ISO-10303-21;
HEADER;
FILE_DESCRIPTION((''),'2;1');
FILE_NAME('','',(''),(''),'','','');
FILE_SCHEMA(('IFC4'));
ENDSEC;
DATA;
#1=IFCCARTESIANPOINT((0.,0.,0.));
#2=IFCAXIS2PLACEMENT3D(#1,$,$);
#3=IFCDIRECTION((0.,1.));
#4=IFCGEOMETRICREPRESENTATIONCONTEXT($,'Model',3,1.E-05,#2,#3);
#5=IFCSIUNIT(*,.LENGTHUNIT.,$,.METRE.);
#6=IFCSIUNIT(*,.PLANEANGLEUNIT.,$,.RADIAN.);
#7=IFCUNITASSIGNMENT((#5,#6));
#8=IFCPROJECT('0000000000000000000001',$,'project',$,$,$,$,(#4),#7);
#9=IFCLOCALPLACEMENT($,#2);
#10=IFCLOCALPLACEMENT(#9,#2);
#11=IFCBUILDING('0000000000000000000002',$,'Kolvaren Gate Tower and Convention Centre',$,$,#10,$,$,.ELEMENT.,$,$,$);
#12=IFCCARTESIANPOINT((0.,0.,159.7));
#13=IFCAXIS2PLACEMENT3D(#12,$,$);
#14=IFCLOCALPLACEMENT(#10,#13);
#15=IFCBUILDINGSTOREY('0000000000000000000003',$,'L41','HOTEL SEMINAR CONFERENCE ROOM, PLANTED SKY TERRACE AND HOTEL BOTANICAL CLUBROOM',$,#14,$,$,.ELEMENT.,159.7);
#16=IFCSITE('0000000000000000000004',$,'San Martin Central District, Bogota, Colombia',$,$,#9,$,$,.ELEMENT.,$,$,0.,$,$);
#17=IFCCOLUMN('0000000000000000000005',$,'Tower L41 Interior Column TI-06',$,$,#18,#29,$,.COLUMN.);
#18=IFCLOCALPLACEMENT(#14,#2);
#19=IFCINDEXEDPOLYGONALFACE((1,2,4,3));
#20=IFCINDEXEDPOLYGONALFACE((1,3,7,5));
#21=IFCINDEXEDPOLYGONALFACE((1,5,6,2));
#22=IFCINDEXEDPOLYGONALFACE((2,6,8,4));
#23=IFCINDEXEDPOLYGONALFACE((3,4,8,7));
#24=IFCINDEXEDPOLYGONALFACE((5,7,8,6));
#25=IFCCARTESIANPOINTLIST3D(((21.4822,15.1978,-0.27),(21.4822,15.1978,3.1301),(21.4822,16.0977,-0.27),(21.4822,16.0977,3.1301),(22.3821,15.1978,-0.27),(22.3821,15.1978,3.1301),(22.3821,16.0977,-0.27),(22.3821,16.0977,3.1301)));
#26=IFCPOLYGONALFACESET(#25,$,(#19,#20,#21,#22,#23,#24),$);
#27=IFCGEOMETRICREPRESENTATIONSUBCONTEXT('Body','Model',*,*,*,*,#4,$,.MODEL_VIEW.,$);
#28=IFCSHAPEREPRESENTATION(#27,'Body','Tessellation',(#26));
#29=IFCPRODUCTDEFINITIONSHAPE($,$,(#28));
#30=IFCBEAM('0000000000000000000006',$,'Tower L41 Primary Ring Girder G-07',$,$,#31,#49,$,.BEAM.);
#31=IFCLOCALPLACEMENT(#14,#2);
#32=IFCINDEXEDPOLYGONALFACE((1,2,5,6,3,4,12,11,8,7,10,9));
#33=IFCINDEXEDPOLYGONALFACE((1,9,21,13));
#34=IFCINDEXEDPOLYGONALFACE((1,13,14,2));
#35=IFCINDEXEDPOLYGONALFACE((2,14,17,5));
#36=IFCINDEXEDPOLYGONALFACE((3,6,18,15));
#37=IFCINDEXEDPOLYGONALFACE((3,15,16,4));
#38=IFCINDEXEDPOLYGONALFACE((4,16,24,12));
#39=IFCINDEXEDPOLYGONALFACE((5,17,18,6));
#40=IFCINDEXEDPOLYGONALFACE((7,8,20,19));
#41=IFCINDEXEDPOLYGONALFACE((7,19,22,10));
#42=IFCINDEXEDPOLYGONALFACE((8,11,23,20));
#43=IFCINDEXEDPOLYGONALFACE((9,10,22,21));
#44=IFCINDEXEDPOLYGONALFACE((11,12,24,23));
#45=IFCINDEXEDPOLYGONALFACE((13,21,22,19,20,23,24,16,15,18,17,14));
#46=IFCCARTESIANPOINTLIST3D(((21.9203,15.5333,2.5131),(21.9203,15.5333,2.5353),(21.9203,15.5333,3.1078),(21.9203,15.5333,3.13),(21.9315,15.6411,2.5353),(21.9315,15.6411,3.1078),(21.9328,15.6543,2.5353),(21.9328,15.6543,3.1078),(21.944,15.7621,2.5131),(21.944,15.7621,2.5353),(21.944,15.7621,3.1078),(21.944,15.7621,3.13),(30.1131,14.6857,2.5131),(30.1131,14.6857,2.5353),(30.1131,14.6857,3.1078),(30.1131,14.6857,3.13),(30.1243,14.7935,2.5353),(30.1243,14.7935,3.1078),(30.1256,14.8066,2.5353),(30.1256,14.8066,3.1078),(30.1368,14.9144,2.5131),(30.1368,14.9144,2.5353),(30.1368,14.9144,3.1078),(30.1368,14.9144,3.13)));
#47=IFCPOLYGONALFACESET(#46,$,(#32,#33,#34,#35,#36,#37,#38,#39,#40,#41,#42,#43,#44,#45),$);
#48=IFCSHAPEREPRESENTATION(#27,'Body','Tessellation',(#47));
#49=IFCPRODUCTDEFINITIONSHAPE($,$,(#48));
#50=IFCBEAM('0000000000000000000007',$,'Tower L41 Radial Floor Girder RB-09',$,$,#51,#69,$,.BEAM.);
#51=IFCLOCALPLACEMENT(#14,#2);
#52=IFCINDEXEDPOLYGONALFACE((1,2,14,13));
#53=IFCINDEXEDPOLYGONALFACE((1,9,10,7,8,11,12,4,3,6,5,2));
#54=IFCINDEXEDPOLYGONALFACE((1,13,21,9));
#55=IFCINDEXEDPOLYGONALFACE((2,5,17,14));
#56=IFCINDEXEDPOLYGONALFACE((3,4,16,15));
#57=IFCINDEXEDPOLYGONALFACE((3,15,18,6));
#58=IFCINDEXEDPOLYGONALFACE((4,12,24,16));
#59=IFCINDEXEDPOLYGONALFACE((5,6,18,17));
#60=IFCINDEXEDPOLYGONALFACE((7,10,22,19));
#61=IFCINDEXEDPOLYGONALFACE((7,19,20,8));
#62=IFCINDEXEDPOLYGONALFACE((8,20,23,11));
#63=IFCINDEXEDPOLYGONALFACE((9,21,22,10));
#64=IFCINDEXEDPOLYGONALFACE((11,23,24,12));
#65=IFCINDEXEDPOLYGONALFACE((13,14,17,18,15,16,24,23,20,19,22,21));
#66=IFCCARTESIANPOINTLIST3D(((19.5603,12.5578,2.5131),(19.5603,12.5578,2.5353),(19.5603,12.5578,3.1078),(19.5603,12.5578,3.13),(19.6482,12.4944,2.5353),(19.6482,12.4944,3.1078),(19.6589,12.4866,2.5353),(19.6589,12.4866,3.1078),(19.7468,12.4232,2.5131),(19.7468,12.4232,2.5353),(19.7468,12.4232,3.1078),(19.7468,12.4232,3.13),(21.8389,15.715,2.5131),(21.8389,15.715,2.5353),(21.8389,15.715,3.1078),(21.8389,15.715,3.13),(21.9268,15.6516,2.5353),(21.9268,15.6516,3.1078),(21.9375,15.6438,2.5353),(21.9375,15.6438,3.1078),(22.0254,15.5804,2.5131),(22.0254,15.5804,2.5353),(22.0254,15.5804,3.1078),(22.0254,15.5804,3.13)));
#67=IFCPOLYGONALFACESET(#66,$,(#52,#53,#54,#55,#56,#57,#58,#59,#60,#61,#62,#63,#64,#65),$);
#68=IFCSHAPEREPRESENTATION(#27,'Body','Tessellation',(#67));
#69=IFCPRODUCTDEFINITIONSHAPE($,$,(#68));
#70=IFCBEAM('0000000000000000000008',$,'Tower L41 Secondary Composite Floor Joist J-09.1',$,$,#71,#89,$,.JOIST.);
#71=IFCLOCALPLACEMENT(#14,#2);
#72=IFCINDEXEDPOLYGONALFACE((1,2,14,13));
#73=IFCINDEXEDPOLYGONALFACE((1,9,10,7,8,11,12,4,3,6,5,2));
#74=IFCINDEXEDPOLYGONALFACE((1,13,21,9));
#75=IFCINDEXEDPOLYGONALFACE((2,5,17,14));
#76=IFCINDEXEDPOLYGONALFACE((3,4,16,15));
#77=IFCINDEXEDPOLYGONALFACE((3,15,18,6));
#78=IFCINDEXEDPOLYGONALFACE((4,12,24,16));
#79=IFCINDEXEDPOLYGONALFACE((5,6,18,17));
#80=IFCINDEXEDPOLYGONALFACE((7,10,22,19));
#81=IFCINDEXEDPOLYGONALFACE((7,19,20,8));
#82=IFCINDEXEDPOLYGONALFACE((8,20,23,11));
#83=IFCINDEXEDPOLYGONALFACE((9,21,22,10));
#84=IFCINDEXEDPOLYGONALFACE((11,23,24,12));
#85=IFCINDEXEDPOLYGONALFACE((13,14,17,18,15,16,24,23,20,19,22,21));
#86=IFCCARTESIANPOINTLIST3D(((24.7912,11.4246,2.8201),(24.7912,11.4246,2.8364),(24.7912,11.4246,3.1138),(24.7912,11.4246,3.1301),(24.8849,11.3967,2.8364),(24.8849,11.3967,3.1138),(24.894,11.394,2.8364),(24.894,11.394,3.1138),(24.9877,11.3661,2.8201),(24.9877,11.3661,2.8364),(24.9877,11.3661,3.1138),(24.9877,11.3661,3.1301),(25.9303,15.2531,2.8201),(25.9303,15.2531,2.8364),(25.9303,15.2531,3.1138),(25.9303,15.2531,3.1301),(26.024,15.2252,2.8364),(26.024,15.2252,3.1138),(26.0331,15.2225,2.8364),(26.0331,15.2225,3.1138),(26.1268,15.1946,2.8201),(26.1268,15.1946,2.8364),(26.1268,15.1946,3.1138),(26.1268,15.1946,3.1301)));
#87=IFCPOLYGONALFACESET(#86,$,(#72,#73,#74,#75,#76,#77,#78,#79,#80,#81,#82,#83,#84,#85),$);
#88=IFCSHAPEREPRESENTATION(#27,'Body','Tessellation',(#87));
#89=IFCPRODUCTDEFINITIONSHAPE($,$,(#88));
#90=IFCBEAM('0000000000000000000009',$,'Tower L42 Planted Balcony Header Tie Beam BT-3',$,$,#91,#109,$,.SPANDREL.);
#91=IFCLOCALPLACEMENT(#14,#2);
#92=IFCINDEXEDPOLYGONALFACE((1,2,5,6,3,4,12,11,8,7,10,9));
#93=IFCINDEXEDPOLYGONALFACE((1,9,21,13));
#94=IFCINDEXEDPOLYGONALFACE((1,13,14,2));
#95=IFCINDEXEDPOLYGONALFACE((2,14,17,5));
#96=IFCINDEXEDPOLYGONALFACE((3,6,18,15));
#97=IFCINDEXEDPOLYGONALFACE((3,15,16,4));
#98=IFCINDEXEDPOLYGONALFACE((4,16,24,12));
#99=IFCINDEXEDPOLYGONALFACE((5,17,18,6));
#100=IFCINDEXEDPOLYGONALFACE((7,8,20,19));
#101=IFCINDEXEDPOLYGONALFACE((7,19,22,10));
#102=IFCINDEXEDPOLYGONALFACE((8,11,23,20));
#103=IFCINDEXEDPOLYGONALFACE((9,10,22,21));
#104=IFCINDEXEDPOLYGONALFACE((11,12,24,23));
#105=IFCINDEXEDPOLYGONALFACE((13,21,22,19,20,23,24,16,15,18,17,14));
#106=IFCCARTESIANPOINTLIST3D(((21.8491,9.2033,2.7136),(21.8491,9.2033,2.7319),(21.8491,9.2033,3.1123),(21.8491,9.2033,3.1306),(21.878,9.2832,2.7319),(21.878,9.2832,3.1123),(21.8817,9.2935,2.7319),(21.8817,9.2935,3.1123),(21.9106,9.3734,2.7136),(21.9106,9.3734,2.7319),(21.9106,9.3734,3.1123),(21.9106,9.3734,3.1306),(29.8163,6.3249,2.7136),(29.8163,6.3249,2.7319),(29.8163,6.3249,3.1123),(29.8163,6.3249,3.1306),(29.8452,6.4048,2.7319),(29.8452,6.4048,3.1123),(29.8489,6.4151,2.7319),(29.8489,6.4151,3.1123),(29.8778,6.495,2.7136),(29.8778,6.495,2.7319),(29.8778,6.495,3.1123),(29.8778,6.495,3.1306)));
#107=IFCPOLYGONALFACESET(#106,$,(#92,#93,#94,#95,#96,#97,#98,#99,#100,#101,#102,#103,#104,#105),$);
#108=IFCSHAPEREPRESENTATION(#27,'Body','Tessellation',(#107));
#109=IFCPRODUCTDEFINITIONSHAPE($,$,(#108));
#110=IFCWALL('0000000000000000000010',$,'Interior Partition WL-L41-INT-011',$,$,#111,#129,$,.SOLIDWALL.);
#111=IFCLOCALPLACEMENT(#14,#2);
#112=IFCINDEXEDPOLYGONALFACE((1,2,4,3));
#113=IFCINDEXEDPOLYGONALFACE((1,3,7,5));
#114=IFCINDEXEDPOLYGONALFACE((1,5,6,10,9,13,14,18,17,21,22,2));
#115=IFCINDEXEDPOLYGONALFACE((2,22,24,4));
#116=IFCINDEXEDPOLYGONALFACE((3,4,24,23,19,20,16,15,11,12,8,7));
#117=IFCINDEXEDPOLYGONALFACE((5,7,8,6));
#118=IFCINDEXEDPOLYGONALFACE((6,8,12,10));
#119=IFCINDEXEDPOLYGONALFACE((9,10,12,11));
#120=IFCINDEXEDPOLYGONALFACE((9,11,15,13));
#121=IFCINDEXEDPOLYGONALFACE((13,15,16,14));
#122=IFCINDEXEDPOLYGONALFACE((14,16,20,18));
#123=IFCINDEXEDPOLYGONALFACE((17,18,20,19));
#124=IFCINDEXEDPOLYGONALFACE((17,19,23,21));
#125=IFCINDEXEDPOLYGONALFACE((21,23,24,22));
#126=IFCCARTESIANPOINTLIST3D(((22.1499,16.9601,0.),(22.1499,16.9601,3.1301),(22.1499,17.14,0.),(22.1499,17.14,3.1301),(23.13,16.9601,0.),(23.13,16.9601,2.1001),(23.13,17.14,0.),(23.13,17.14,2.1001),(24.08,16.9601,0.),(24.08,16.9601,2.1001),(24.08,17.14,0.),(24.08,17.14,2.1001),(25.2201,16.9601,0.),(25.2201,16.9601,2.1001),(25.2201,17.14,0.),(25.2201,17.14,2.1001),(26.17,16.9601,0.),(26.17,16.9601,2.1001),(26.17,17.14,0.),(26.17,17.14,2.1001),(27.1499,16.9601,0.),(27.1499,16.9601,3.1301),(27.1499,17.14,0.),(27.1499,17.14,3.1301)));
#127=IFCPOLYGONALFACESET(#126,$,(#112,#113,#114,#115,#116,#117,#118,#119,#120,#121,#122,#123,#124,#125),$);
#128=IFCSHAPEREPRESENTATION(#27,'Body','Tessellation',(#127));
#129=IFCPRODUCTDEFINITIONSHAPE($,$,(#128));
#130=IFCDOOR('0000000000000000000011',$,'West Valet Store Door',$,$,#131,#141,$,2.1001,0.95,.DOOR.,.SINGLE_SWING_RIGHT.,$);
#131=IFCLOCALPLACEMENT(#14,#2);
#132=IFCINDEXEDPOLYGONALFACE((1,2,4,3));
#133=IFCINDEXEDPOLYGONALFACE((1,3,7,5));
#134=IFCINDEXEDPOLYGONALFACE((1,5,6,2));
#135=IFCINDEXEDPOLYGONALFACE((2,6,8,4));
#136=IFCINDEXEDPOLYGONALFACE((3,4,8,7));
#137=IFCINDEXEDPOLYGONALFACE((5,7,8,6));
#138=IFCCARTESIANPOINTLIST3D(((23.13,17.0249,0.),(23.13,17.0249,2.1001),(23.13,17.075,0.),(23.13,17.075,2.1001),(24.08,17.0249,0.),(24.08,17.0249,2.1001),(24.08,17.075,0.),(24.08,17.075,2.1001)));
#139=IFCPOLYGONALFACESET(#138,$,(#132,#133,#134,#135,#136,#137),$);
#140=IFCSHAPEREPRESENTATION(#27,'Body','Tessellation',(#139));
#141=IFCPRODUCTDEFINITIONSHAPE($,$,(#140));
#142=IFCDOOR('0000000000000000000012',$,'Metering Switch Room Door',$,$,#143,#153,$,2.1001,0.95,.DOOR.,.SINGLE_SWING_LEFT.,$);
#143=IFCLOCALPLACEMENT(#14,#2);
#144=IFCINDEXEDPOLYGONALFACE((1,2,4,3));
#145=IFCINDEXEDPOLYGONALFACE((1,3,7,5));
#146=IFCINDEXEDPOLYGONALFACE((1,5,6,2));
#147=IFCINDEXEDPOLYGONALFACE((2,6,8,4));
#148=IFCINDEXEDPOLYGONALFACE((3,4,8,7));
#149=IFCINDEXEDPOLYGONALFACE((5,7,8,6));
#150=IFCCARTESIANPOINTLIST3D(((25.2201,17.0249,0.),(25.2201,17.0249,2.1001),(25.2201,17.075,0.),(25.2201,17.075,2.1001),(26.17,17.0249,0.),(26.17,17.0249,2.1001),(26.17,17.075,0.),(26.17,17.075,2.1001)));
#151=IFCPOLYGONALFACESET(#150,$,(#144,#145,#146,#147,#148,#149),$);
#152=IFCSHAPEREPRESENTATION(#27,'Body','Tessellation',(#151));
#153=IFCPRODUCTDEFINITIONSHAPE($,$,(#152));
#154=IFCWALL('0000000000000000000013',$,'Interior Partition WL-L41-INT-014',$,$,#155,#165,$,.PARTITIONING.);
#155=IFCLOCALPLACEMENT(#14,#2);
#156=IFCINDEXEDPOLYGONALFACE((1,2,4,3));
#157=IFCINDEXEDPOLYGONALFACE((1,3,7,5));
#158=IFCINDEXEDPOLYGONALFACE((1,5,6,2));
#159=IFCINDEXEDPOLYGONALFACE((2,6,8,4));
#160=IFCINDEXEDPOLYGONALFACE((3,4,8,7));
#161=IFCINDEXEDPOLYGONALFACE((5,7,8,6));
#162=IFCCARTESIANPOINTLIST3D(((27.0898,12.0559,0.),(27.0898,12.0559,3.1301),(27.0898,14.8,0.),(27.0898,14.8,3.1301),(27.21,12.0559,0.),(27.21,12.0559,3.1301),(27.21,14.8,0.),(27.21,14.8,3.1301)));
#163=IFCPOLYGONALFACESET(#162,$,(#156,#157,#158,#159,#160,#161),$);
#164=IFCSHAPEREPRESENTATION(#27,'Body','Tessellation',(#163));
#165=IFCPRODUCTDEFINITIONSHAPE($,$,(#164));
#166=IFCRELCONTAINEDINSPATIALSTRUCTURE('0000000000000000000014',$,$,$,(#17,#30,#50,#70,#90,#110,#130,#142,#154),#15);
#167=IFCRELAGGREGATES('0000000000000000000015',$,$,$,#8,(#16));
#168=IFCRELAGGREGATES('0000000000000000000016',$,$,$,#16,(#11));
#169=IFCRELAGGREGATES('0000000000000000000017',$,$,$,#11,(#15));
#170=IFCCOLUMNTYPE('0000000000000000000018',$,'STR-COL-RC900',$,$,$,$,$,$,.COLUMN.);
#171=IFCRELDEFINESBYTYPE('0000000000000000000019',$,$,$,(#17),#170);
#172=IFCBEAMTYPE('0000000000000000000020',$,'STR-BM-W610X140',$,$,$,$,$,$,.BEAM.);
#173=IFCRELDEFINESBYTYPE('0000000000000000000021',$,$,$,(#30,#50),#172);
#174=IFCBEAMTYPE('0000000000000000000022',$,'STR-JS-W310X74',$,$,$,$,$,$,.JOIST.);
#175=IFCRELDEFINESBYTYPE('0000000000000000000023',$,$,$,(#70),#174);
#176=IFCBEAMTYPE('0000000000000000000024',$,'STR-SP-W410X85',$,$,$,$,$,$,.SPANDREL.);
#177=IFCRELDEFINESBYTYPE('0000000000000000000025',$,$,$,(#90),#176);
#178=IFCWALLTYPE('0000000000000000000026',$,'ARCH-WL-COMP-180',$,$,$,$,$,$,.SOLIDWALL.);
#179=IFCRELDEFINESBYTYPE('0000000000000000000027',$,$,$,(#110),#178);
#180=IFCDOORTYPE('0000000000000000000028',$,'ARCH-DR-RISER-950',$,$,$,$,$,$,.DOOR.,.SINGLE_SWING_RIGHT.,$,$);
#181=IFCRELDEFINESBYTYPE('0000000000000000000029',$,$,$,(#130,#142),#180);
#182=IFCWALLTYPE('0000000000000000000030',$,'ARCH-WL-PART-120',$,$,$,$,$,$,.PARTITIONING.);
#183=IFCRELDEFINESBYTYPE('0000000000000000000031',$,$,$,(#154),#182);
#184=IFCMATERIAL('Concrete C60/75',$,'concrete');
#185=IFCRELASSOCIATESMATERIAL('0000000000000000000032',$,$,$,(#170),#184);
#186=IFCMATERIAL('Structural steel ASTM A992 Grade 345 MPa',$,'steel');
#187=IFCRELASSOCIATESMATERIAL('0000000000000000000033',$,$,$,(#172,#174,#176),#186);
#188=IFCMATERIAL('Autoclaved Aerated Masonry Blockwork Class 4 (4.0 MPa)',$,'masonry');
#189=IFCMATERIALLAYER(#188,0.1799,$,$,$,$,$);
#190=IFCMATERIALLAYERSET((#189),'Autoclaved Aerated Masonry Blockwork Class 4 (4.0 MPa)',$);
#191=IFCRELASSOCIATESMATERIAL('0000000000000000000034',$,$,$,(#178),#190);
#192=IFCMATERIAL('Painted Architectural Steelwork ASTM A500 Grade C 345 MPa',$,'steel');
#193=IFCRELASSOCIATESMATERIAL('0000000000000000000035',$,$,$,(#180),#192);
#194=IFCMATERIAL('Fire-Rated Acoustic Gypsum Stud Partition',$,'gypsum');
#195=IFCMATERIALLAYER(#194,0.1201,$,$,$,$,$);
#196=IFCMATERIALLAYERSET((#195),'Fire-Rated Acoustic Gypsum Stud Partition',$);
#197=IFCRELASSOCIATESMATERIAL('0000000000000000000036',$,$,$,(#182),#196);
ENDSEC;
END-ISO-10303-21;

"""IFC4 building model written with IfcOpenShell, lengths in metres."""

from ifc_helpers import new_model, si_unit, direction, frame, frame_2d, origin, origin_2d, place, context, subcontext, project, spatial, rectangle, i_section, extrude, material, layer, layer_set, material_profile, profile_set, type_object, element, fill, save


model = new_model("IFC4")

# Units and contexts
model_context = context("Model", 3, precision=1e-05, world=origin(), true_north=direction((0.0, 1.0)))
body_context = subcontext(model_context, "Body", "Model", "MODEL_VIEW")
ifc_project = project(units=[si_unit("LENGTHUNIT", "METRE"), si_unit("PLANEANGLEUNIT", "RADIAN")], contexts=[model_context])

# Site, building, storey
site_placement = place(None, origin())
site = spatial("IfcSite", under=ifc_project, at=site_placement, Name="San Martin Central District, Bogota, Colombia", CompositionType="ELEMENT", RefElevation=0.0)
building_placement = place(site_placement, origin())
building = spatial("IfcBuilding", under=site, at=building_placement, Name="Kolvaren Gate Tower and Convention Centre", CompositionType="ELEMENT")
storey_placement = place(building_placement, frame((0.0, 0.0, 159.7)))
storey = spatial("IfcBuildingStorey", under=building, at=storey_placement, Name="L41", Description="HOTEL SEMINAR CONFERENCE ROOM, PLANTED SKY TERRACE AND HOTEL BOTANICAL CLUBROOM", CompositionType="ELEMENT", Elevation=159.7)

# Column
ifc_material_1 = material(Name="Concrete C60/75", Category="concrete")
ifc_material_profile_1 = material_profile(ifc_material_1, rectangle(XDim=0.8999, YDim=0.8999, at=origin_2d()), Name="RC-COL-900X900")
ifc_profile_set_1 = profile_set([ifc_material_profile_1], Name="Concrete C60/75")
column_type = type_object("IfcColumnType", Name="STR-COL-RC900", PredefinedType="COLUMN", material=ifc_profile_set_1)
column_placement = place(storey_placement, frame((21.9321, 15.6477, -0.27), z_axis=(0.0, 0.0, 1.0), x_axis=(1.0, 0.0, 0.0)))
element("IfcColumn", 1, at=column_placement, inside=storey, type_object=column_type, Name="Tower L41 Interior Column TI-06", PredefinedType="COLUMN", context=body_context, shape_type="SweptSolid", body=[
    extrude(rectangle(XDim=0.8999, YDim=0.8999, at=origin_2d()), origin(), (0.0, 0.0, 1.0), 3.4001),
])

# Beams
ifc_material_2 = material(Name="Structural steel ASTM A992 Grade 345 MPa", Category="steel")
ifc_material_profile_2 = material_profile(ifc_material_2, i_section(OverallWidth=0.23, OverallDepth=0.6169, WebThickness=0.0132, FlangeThickness=0.0222, at=origin_2d()), Name="W610X140")
ifc_profile_set_2 = profile_set([ifc_material_profile_2], Name="Structural steel ASTM A992 Grade 345 MPa")
beam_type_1 = type_object("IfcBeamType", Name="STR-BM-W610X140", PredefinedType="BEAM", material=ifc_profile_set_2)
beam_1_placement = place(storey_placement, frame((21.9321, 15.6477, 2.8215), z_axis=(0.99469, -0.102913, 0.0), x_axis=(0.102913, 0.99469, 0.0)))
element("IfcBeam", 2, at=beam_1_placement, inside=storey, type_object=beam_type_1, Name="Tower L41 Primary Ring Girder G-07", PredefinedType="BEAM", context=body_context, shape_type="SweptSolid", body=[
    extrude(i_section(OverallWidth=0.23, OverallDepth=0.6169, WebThickness=0.0132, FlangeThickness=0.0222, at=origin_2d()), origin(), (0.0, 0.0, 1.0), 8.2366),
])
beam_2_placement = place(storey_placement, frame((21.9321, 15.6477, 2.8215), z_axis=(-0.585211, -0.810881, 0.0), x_axis=(0.810881, -0.585211, 0.0)))
element("IfcBeam", 3, at=beam_2_placement, inside=storey, type_object=beam_type_1, Name="Tower L41 Radial Floor Girder RB-09", PredefinedType="BEAM", context=body_context, shape_type="SweptSolid", body=[
    extrude(i_section(OverallWidth=0.23, OverallDepth=0.6169, WebThickness=0.0132, FlangeThickness=0.0222, at=origin_2d()), origin(), (0.0, 0.0, 1.0), 3.8936),
])
ifc_material_profile_3 = material_profile(ifc_material_2, i_section(OverallWidth=0.2051, OverallDepth=0.3101, WebThickness=0.0095, FlangeThickness=0.0164, at=origin_2d()), Name="W310X74")
ifc_profile_set_3 = profile_set([ifc_material_profile_3], Name="Structural steel ASTM A992 Grade 345 MPa")
beam_type_2 = type_object("IfcBeamType", Name="STR-JS-W310X74", PredefinedType="JOIST", material=ifc_profile_set_3)
beam_3_placement = place(storey_placement, frame((26.0286, 15.2239, 2.9751), z_axis=(-0.285183, -0.958473, 0.0), x_axis=(0.958473, -0.285183, 0.0)))
element("IfcBeam", 4, at=beam_3_placement, inside=storey, type_object=beam_type_2, Name="Tower L41 Secondary Composite Floor Joist J-09.1", PredefinedType="JOIST", context=body_context, shape_type="SweptSolid", body=[
    extrude(i_section(OverallWidth=0.2051, OverallDepth=0.3101, WebThickness=0.0095, FlangeThickness=0.0164, at=origin_2d()), origin(), (0.0, 0.0, 1.0), 3.9944),
])
ifc_material_profile_4 = material_profile(ifc_material_2, i_section(OverallWidth=0.1809, OverallDepth=0.417, WebThickness=0.011, FlangeThickness=0.0183, at=origin_2d()), Name="W410X85")
ifc_profile_set_4 = profile_set([ifc_material_profile_4], Name="Structural steel ASTM A992 Grade 345 MPa")
beam_type_3 = type_object("IfcBeamType", Name="STR-SP-W410X85", PredefinedType="SPANDREL", material=ifc_profile_set_4)
beam_4_placement = place(storey_placement, frame((21.8799, 9.2883, 2.9221), z_axis=(0.940503, -0.339785, 0.0), x_axis=(0.339785, 0.940503, 0.0)))
element("IfcBeam", 5, at=beam_4_placement, inside=storey, type_object=beam_type_3, Name="Tower L42 Planted Balcony Header Tie Beam BT-3", PredefinedType="SPANDREL", context=body_context, shape_type="SweptSolid", body=[
    extrude(i_section(OverallWidth=0.1809, OverallDepth=0.417, WebThickness=0.011, FlangeThickness=0.0183, at=origin_2d()), origin(), (0.0, 0.0, 1.0), 8.4712),
])

# Wall, openings, doors
ifc_material_3 = material(Name="Autoclaved Aerated Masonry Blockwork Class 4 (4.0 MPa)", Category="masonry")
ifc_layer_1 = layer(ifc_material_3, 0.1799)
ifc_layer_set_1 = layer_set([ifc_layer_1], Name="Autoclaved Aerated Masonry Blockwork Class 4 (4.0 MPa)")
wall_type_1 = type_object("IfcWallType", Name="ARCH-WL-COMP-180", PredefinedType="SOLIDWALL", material=ifc_layer_set_1)
wall_1_placement = place(storey_placement, frame((22.1499, 17.05, 0.0), z_axis=(0.0, 0.0, 1.0), x_axis=(1.0, 0.0, 0.0)))
wall_1 = element("IfcWall", 6, at=wall_1_placement, inside=storey, type_object=wall_type_1, Name="Interior Partition WL-L41-INT-011", PredefinedType="SOLIDWALL", context=body_context, shape_type="SweptSolid", body=[
    extrude(rectangle(XDim=5.0, YDim=0.1799, at=frame_2d((2.5, 0.0))), origin(), (0.0, 0.0, 1.0), 3.1301),
])
opening_1_placement = place(wall_1_placement, frame((0.98, 0.0, 0.0)))
opening_1 = element("IfcOpeningElement", 7, at=opening_1_placement, cuts=wall_1, PredefinedType="OPENING", context=body_context, shape_type="SweptSolid", body=[
    extrude(rectangle(XDim=0.95, YDim=2.1001, at=frame_2d((0.4751, 1.05))), frame((0.0, 0.0999, 0.0), z_axis=(0.0, -1.0, 0.0), x_axis=(1.0, 0.0, 0.0)), (0.0, 0.0, 1.0), 0.2),
])
opening_2_placement = place(wall_1_placement, frame((3.0701, 0.0, 0.0)))
opening_2 = element("IfcOpeningElement", 8, at=opening_2_placement, cuts=wall_1, PredefinedType="OPENING", context=body_context, shape_type="SweptSolid", body=[
    extrude(rectangle(XDim=0.95, YDim=2.1001, at=frame_2d((0.4751, 1.05))), frame((0.0, 0.0999, 0.0), z_axis=(0.0, -1.0, 0.0), x_axis=(1.0, 0.0, 0.0)), (0.0, 0.0, 1.0), 0.2),
])
ifc_material_4 = material(Name="Painted Architectural Steelwork ASTM A500 Grade C 345 MPa", Category="steel")
door_type_1 = type_object("IfcDoorType", Name="ARCH-DR-RISER-950", OperationType="SINGLE_SWING_RIGHT", PredefinedType="DOOR", material=ifc_material_4)
door_1_placement = place(opening_1_placement, origin())
door_1 = element("IfcDoor", 9, at=door_1_placement, inside=storey, type_object=door_type_1, Name="West Valet Store Door", OperationType="SINGLE_SWING_RIGHT", OverallHeight=2.1001, OverallWidth=0.95, PredefinedType="DOOR", context=body_context, shape_type="SweptSolid", body=[
    extrude(rectangle(XDim=0.95, YDim=2.1001, at=frame_2d((0.4751, 1.05))), frame((0.0, 0.0249, 0.0), z_axis=(0.0, -1.0, 0.0), x_axis=(1.0, 0.0, 0.0)), (0.0, 0.0, 1.0), 0.05),
])
fill(opening_1, door_1)
door_2_placement = place(opening_2_placement, origin())
door_2 = element("IfcDoor", 10, at=door_2_placement, inside=storey, type_object=door_type_1, Name="Metering Switch Room Door", OperationType="SINGLE_SWING_LEFT", OverallHeight=2.1001, OverallWidth=0.95, PredefinedType="DOOR", context=body_context, shape_type="SweptSolid", body=[
    extrude(rectangle(XDim=0.95, YDim=2.1001, at=frame_2d((0.4751, 1.05))), frame((0.0, 0.0249, 0.0), z_axis=(0.0, -1.0, 0.0), x_axis=(1.0, 0.0, 0.0)), (0.0, 0.0, 1.0), 0.05),
])
fill(opening_2, door_2)

# Wall
ifc_material_5 = material(Name="Fire-Rated Acoustic Gypsum Stud Partition", Category="gypsum")
ifc_layer_2 = layer(ifc_material_5, 0.1201)
ifc_layer_set_2 = layer_set([ifc_layer_2], Name="Fire-Rated Acoustic Gypsum Stud Partition")
wall_type_2 = type_object("IfcWallType", Name="ARCH-WL-PART-120", PredefinedType="PARTITIONING", material=ifc_layer_set_2)
wall_2_placement = place(storey_placement, frame((27.1499, 12.0559, 0.0), z_axis=(0.0, 0.0, 1.0), x_axis=(0.0, 1.0, 0.0)))
element("IfcWall", 11, at=wall_2_placement, inside=storey, type_object=wall_type_2, Name="Interior Partition WL-L41-INT-014", PredefinedType="PARTITIONING", context=body_context, shape_type="SweptSolid", body=[
    extrude(rectangle(XDim=2.7441, YDim=0.1201, at=frame_2d((1.3721, 0.0))), origin(), (0.0, 0.0, 1.0), 3.1301),
])

save(model, "model.ifc")
